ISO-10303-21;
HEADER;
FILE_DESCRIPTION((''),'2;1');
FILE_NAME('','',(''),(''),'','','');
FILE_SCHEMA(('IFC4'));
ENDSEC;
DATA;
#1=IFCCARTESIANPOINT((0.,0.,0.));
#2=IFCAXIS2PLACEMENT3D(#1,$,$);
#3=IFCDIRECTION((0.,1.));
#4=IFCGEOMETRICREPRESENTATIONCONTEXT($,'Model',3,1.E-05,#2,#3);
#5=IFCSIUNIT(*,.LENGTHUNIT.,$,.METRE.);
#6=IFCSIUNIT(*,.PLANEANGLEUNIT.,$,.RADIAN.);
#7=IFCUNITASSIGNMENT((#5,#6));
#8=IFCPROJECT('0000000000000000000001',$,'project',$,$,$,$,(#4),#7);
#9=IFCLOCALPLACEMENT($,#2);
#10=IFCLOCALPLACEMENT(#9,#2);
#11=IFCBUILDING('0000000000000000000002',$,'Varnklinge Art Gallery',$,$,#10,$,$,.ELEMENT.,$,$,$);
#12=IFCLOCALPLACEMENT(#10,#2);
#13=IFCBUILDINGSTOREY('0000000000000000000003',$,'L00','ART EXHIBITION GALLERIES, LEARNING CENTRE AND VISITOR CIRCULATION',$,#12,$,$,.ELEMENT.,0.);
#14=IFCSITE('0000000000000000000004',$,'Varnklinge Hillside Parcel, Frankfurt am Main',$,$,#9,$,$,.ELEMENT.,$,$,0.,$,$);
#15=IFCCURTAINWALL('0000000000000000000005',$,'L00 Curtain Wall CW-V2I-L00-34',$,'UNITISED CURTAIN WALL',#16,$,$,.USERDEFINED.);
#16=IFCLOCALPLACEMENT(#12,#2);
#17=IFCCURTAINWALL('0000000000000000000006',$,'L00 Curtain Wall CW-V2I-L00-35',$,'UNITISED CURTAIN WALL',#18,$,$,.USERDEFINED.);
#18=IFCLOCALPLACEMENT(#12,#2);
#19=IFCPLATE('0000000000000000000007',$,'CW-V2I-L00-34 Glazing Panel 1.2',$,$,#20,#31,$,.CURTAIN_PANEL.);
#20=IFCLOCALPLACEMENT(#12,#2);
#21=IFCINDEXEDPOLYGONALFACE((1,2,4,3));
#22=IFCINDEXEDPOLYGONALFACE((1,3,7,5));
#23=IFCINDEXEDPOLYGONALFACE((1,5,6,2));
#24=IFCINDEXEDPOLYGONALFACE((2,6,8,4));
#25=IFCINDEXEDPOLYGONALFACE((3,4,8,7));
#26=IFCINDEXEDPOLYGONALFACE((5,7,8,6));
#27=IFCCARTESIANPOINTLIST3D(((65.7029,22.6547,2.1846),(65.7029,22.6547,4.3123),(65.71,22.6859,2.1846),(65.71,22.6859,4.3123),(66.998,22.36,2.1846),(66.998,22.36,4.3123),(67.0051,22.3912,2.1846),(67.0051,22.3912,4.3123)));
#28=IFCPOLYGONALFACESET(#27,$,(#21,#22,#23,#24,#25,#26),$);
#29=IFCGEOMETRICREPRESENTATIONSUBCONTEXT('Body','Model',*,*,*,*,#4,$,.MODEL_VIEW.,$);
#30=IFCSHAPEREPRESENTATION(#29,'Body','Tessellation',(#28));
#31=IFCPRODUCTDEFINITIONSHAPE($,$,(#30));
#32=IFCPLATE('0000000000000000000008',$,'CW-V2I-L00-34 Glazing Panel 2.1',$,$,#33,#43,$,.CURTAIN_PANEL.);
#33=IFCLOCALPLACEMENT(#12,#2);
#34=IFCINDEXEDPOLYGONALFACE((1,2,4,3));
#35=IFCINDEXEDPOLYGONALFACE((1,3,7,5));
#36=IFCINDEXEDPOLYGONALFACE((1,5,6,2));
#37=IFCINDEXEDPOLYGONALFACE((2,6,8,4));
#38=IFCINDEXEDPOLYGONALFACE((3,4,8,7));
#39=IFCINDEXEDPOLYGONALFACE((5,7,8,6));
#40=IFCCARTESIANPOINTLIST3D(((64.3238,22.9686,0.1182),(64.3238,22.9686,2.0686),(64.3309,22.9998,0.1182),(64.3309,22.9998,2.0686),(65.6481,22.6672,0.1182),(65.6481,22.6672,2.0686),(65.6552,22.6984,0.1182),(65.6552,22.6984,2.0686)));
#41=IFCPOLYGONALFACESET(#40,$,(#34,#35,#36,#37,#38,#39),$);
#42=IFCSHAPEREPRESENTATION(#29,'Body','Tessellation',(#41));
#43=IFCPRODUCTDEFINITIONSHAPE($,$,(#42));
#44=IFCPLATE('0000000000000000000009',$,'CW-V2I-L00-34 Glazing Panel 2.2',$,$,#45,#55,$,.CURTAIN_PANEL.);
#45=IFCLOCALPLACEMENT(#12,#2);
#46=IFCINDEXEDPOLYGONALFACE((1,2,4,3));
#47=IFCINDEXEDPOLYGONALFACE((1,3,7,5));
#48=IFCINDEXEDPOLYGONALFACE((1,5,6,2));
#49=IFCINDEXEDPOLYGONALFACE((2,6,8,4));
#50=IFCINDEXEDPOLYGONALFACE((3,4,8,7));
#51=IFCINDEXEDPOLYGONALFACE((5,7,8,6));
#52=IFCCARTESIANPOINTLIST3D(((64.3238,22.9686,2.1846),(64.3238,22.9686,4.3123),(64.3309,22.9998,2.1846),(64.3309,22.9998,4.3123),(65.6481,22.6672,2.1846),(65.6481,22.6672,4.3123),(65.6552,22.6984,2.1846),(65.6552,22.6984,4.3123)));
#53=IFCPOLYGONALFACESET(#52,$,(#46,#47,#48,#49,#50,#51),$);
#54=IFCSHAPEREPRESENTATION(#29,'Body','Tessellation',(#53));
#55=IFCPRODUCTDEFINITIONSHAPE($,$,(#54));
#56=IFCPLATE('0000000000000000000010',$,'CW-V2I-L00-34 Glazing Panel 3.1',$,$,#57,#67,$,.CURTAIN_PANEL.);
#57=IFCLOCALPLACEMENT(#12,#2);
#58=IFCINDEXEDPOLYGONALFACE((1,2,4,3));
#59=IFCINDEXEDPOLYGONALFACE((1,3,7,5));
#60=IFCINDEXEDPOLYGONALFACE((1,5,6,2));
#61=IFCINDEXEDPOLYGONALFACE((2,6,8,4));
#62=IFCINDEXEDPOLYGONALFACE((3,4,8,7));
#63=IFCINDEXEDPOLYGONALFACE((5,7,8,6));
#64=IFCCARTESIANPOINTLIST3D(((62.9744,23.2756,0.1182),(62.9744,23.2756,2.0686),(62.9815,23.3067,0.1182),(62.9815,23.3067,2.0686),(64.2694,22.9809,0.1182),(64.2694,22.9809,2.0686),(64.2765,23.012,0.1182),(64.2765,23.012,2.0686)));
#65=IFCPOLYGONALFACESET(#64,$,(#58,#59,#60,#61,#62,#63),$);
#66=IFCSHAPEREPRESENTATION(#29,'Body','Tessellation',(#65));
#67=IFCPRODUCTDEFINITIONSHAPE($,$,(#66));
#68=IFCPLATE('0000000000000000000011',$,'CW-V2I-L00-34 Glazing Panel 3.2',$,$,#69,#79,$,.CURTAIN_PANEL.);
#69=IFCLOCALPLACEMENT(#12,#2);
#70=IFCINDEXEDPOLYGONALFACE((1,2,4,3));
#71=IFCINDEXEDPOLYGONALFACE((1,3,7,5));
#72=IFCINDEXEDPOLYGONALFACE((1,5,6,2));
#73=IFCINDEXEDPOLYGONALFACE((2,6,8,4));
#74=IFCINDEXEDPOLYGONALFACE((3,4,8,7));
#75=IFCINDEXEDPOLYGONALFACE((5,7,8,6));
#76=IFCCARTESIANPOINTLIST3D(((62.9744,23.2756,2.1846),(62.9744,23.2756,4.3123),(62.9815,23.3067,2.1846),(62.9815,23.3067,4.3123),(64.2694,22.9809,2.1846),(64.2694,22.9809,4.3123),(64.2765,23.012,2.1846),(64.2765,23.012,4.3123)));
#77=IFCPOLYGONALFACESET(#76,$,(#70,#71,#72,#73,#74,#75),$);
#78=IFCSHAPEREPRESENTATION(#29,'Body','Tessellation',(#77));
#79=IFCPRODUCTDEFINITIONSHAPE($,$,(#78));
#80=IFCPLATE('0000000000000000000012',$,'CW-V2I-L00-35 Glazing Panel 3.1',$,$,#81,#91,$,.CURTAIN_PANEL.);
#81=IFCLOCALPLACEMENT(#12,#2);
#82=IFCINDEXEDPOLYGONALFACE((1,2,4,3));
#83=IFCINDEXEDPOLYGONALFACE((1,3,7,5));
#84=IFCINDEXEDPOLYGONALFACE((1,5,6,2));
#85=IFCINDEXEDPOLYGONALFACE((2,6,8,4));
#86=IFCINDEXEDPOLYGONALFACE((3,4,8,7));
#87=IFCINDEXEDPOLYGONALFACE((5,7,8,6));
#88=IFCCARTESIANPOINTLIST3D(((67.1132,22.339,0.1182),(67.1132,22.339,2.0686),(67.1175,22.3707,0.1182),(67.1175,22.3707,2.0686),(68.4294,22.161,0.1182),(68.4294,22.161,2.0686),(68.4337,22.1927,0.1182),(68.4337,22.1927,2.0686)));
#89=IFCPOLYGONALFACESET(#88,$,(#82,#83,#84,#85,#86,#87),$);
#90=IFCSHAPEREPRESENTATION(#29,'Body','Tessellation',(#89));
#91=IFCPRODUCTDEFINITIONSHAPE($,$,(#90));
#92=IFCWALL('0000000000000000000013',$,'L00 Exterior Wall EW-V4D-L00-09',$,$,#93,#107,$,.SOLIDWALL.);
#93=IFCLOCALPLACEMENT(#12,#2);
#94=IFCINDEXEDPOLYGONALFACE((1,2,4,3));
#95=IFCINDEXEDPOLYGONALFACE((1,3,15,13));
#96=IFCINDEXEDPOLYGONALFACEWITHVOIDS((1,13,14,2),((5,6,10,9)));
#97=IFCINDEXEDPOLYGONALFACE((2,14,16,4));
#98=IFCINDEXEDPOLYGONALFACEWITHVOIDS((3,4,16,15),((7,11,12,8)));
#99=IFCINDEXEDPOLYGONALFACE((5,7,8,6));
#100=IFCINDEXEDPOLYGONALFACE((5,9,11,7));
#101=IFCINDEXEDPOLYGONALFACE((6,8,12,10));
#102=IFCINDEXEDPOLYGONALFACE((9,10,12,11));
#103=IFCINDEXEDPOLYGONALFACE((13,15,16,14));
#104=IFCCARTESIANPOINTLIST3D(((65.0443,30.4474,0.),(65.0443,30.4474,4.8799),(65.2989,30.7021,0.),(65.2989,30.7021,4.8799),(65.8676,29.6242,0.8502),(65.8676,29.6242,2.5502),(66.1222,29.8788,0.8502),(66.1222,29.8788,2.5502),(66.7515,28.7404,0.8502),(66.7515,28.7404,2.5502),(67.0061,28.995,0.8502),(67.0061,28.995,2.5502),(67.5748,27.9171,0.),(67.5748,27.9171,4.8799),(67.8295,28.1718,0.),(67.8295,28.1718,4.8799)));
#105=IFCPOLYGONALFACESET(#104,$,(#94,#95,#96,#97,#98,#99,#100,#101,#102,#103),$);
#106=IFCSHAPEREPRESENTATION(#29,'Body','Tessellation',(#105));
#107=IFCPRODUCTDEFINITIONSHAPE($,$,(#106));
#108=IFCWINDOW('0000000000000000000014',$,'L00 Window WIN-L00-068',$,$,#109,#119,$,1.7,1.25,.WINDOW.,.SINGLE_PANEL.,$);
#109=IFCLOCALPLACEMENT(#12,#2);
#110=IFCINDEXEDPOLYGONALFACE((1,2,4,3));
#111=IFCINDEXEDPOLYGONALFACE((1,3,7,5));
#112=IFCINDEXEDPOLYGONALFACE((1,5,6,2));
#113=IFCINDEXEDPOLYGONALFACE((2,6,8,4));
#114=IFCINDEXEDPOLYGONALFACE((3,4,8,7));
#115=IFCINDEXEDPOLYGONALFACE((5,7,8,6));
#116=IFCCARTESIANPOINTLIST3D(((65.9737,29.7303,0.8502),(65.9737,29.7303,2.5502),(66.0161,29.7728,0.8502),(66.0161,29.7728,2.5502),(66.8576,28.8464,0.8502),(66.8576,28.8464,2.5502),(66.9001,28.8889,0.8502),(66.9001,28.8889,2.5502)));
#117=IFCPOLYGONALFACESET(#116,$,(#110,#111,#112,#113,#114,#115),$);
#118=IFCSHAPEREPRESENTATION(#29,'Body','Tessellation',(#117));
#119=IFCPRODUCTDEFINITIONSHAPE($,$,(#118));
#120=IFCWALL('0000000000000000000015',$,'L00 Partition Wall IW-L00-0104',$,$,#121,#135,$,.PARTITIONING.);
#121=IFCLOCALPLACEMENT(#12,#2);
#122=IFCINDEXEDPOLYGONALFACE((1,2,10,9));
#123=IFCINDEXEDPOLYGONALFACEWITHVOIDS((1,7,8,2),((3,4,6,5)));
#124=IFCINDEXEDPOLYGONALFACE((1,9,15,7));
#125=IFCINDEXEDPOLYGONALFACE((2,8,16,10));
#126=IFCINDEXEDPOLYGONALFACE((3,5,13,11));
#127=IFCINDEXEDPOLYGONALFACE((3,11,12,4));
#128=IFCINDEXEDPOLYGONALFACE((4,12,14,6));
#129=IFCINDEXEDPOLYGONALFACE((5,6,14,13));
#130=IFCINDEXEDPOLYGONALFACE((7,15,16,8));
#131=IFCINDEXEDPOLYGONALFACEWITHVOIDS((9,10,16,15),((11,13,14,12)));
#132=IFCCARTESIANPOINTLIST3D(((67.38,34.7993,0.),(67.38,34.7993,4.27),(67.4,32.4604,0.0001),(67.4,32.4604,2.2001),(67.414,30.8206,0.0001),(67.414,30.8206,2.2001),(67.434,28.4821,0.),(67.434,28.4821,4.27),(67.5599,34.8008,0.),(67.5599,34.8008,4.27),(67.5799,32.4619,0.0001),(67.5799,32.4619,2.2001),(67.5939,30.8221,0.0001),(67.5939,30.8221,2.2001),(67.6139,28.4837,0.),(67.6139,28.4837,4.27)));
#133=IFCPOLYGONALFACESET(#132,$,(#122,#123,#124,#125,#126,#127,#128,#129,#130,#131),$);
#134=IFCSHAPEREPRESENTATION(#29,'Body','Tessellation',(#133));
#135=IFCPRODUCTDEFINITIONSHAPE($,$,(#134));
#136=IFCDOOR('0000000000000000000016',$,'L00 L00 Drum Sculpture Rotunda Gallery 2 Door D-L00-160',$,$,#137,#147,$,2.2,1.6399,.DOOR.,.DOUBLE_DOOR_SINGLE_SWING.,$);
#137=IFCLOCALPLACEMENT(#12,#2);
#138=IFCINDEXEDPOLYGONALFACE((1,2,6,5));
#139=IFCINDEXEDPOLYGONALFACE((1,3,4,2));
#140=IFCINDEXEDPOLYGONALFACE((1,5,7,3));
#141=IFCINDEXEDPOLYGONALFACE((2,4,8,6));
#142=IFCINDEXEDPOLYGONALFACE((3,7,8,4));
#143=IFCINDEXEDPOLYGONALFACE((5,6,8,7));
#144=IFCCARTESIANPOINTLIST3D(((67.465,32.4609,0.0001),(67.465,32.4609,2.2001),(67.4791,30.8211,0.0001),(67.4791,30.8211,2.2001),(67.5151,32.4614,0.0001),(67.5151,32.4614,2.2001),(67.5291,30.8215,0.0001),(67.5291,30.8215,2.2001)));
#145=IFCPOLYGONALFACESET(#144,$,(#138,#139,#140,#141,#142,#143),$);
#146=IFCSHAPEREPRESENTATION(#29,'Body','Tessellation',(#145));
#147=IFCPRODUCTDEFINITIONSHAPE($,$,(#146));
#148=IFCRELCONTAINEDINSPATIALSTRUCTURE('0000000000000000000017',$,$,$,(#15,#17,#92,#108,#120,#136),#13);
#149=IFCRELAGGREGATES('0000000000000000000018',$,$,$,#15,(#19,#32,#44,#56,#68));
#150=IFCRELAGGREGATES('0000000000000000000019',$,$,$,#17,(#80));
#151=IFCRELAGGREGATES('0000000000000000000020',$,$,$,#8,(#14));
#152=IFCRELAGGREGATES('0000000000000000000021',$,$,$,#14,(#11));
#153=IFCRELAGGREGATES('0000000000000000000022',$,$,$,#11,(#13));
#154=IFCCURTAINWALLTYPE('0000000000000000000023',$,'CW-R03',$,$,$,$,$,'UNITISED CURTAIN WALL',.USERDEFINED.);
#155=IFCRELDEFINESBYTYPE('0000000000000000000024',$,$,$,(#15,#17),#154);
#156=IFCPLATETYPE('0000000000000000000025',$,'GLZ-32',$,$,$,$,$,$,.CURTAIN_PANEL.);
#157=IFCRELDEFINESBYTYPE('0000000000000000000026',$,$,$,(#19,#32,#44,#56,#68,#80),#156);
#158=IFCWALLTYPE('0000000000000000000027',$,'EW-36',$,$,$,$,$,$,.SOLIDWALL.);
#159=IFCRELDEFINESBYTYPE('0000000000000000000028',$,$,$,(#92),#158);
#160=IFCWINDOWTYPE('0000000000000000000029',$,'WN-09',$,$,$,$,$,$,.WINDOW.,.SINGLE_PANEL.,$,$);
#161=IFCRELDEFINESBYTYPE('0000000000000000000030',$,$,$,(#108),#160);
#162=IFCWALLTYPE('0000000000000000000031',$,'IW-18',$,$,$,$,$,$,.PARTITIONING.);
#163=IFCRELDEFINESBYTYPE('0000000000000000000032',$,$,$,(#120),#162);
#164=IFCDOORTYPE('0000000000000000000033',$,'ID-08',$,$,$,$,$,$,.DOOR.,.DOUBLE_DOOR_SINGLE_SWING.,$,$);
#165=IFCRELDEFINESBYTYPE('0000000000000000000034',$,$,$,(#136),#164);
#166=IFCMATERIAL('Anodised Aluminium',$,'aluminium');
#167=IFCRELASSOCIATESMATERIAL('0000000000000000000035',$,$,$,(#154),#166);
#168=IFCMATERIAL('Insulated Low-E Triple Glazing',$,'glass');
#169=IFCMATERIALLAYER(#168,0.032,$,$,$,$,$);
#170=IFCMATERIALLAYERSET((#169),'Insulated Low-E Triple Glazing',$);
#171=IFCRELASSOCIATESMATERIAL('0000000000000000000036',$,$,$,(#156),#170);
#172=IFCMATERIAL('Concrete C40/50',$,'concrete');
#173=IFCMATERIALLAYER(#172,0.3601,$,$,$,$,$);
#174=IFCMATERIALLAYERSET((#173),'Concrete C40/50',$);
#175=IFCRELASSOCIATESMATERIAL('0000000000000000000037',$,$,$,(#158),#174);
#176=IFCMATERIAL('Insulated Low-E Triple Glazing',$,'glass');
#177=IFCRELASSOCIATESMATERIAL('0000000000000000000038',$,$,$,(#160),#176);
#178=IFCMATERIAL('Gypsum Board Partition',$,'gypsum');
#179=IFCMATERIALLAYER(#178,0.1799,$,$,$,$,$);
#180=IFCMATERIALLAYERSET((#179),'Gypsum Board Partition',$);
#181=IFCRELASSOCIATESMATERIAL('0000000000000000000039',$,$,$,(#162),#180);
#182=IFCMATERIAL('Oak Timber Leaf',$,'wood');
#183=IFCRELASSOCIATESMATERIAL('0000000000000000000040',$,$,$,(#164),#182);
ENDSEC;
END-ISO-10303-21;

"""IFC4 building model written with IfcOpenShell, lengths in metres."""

from ifc_helpers import new_model, si_unit, direction, frame, frame_2d, origin, origin_2d, place, context, subcontext, project, spatial, rectangle, extrude, material, layer, layer_set, type_object, element, fill, aggregate, save


model = new_model("IFC4")

# Units and contexts
model_context = context("Model", 3, precision=1e-05, world=origin(), true_north=direction((0.0, 1.0)))
body_context = subcontext(model_context, "Body", "Model", "MODEL_VIEW")
ifc_project = project(units=[si_unit("LENGTHUNIT", "METRE"), si_unit("PLANEANGLEUNIT", "RADIAN")], contexts=[model_context])

# Site, building, storey
site_placement = place(None, origin())
site = spatial("IfcSite", under=ifc_project, at=site_placement, Name="Varnklinge Hillside Parcel, Frankfurt am Main", CompositionType="ELEMENT", RefElevation=0.0)
building_placement = place(site_placement, origin())
building = spatial("IfcBuilding", under=site, at=building_placement, Name="Varnklinge Art Gallery", CompositionType="ELEMENT")
storey_placement = place(building_placement, origin())
storey = spatial("IfcBuildingStorey", under=building, at=storey_placement, Name="L00", Description="ART EXHIBITION GALLERIES, LEARNING CENTRE AND VISITOR CIRCULATION", CompositionType="ELEMENT", Elevation=0.0)

# Curtain wall
ifc_material_1 = material(Name="Anodised Aluminium", Category="aluminium")
curtain_wall_type = type_object("IfcCurtainWallType", Name="CW-R03", ElementType="UNITISED CURTAIN WALL", PredefinedType="USERDEFINED", material=ifc_material_1)
curtain_wall_1_placement = place(storey_placement, origin())
curtain_wall_1 = element("IfcCurtainWall", 1, at=curtain_wall_1_placement, inside=storey, type_object=curtain_wall_type, Name="L00 Curtain Wall CW-V2I-L00-34", ObjectType="UNITISED CURTAIN WALL", PredefinedType="USERDEFINED")

# Curtain wall
curtain_wall_2_placement = place(storey_placement, origin())
curtain_wall_2 = element("IfcCurtainWall", 2, at=curtain_wall_2_placement, inside=storey, type_object=curtain_wall_type, Name="L00 Curtain Wall CW-V2I-L00-35", ObjectType="UNITISED CURTAIN WALL", PredefinedType="USERDEFINED")

# Plates
ifc_material_2 = material(Name="Insulated Low-E Triple Glazing", Category="glass")
ifc_layer_1 = layer(ifc_material_2, 0.032)
ifc_layer_set_1 = layer_set([ifc_layer_1], Name="Insulated Low-E Triple Glazing")
plate_type = type_object("IfcPlateType", Name="GLZ-32", PredefinedType="CURTAIN_PANEL", material=ifc_layer_set_1)
plate_1_placement = place(storey_placement, frame((66.354, 22.5229, 2.1846), z_axis=(0.0, 0.0, 1.0), x_axis=(-0.975072, 0.221889, 0.0)))
plate_1 = element("IfcPlate", 3, at=plate_1_placement, type_object=plate_type, Name="CW-V2I-L00-34 Glazing Panel 1.2", PredefinedType="CURTAIN_PANEL", context=body_context, shape_type="SweptSolid", body=[
    extrude(rectangle(XDim=1.3281, YDim=0.032, at=origin_2d()), origin(), (0.0, 0.0, 1.0), 2.1277),
])
plate_2_placement = place(storey_placement, frame((64.9895, 22.8335, 0.1182), z_axis=(0.0, 0.0, 1.0), x_axis=(-0.975072, 0.221889, 0.0)))
plate_2 = element("IfcPlate", 4, at=plate_2_placement, type_object=plate_type, Name="CW-V2I-L00-34 Glazing Panel 2.1", PredefinedType="CURTAIN_PANEL", context=body_context, shape_type="SweptSolid", body=[
    extrude(rectangle(XDim=1.3582, YDim=0.032, at=origin_2d()), origin(), (0.0, 0.0, 1.0), 1.9504),
])
plate_3_placement = place(storey_placement, frame((64.9895, 22.8335, 2.1846), z_axis=(0.0, 0.0, 1.0), x_axis=(-0.975072, 0.221889, 0.0)))
plate_3 = element("IfcPlate", 5, at=plate_3_placement, type_object=plate_type, Name="CW-V2I-L00-34 Glazing Panel 2.2", PredefinedType="CURTAIN_PANEL", context=body_context, shape_type="SweptSolid", body=[
    extrude(rectangle(XDim=1.3582, YDim=0.032, at=origin_2d()), origin(), (0.0, 0.0, 1.0), 2.1277),
])
plate_4_placement = place(storey_placement, frame((63.6255, 23.1438, 0.1182), z_axis=(0.0, 0.0, 1.0), x_axis=(-0.975072, 0.221889, 0.0)))
plate_4 = element("IfcPlate", 6, at=plate_4_placement, type_object=plate_type, Name="CW-V2I-L00-34 Glazing Panel 3.1", PredefinedType="CURTAIN_PANEL", context=body_context, shape_type="SweptSolid", body=[
    extrude(rectangle(XDim=1.3281, YDim=0.032, at=origin_2d()), origin(), (0.0, 0.0, 1.0), 1.9504),
])
plate_5_placement = place(storey_placement, frame((63.6255, 23.1438, 2.1846), z_axis=(0.0, 0.0, 1.0), x_axis=(-0.975072, 0.221889, 0.0)))
plate_5 = element("IfcPlate", 7, at=plate_5_placement, type_object=plate_type, Name="CW-V2I-L00-34 Glazing Panel 3.2", PredefinedType="CURTAIN_PANEL", context=body_context, shape_type="SweptSolid", body=[
    extrude(rectangle(XDim=1.3281, YDim=0.032, at=origin_2d()), origin(), (0.0, 0.0, 1.0), 2.1277),
])
aggregate(curtain_wall_1, [plate_1, plate_2, plate_3, plate_4, plate_5])
plate_6_placement = place(storey_placement, frame((67.7734, 22.2659, 0.1182), z_axis=(0.0, 0.0, 1.0), x_axis=(-0.990983, 0.133986, 0.0)))
plate_6 = element("IfcPlate", 8, at=plate_6_placement, type_object=plate_type, Name="CW-V2I-L00-35 Glazing Panel 3.1", PredefinedType="CURTAIN_PANEL", context=body_context, shape_type="SweptSolid", body=[
    extrude(rectangle(XDim=1.3281, YDim=0.032, at=origin_2d()), origin(), (0.0, 0.0, 1.0), 1.9504),
])
aggregate(curtain_wall_2, [plate_6])

# Wall, opening, window
ifc_material_3 = material(Name="Concrete C40/50", Category="concrete")
ifc_layer_2 = layer(ifc_material_3, 0.3601)
ifc_layer_set_2 = layer_set([ifc_layer_2], Name="Concrete C40/50")
wall_type_1 = type_object("IfcWallType", Name="EW-36", PredefinedType="SOLIDWALL", material=ifc_layer_set_2)
wall_1_placement = place(storey_placement, frame((67.7021, 28.0444, 0.0), z_axis=(0.0, 0.0, 1.0), x_axis=(-0.707141, 0.707073, 0.0)))
wall_1 = element("IfcWall", 9, at=wall_1_placement, inside=storey, type_object=wall_type_1, Name="L00 Exterior Wall EW-V4D-L00-09", PredefinedType="SOLIDWALL", context=body_context, shape_type="SweptSolid", body=[
    extrude(rectangle(XDim=3.5786, YDim=0.3601, at=frame_2d((1.7893, 0.0))), origin(), (0.0, 0.0, 1.0), 4.8799),
])
opening_1_placement = place(wall_1_placement, frame((1.1643, 0.0, 0.8501)))
opening_1 = element("IfcOpeningElement", 10, at=opening_1_placement, cuts=wall_1, PredefinedType="OPENING", context=body_context, shape_type="SweptSolid", body=[
    extrude(rectangle(XDim=1.25, YDim=1.7, at=frame_2d((0.625, 0.8501))), frame((0.0, 0.1902, 0.0), z_axis=(0.0, -1.0, 0.0), x_axis=(1.0, 0.0, 0.0)), (0.0, 0.0, 1.0), 0.3801),
])
ifc_material_4 = material(Name="Insulated Low-E Triple Glazing", Category="glass")
window_type = type_object("IfcWindowType", Name="WN-09", PartitioningType="SINGLE_PANEL", PredefinedType="WINDOW", material=ifc_material_4)
window_placement = place(opening_1_placement, origin())
window = element("IfcWindow", 11, at=window_placement, inside=storey, type_object=window_type, Name="L00 Window WIN-L00-068", OverallHeight=1.7, OverallWidth=1.25, PartitioningType="SINGLE_PANEL", PredefinedType="WINDOW", context=body_context, shape_type="SweptSolid", body=[
    extrude(rectangle(XDim=1.25, YDim=1.7, at=frame_2d((0.625, 0.8501))), frame((0.0, 0.03, 0.0), z_axis=(0.0, -1.0, 0.0), x_axis=(1.0, 0.0, 0.0)), (0.0, 0.0, 1.0), 0.0601),
])
fill(opening_1, window)

# Wall, opening, door
ifc_material_5 = material(Name="Gypsum Board Partition", Category="gypsum")
ifc_layer_3 = layer(ifc_material_5, 0.1799)
ifc_layer_set_3 = layer_set([ifc_layer_3], Name="Gypsum Board Partition")
wall_type_2 = type_object("IfcWallType", Name="IW-18", PredefinedType="PARTITIONING", material=ifc_layer_set_3)
wall_2_placement = place(storey_placement, frame((67.5239, 28.4829, 0.0), z_axis=(0.0, 0.0, 1.0), x_axis=(-0.008541, 0.999964, 0.0)))
wall_2 = element("IfcWall", 12, at=wall_2_placement, inside=storey, type_object=wall_type_2, Name="L00 Partition Wall IW-L00-0104", PredefinedType="PARTITIONING", context=body_context, shape_type="SweptSolid", body=[
    extrude(rectangle(XDim=6.3174, YDim=0.1799, at=frame_2d((3.1587, 0.0))), origin(), (0.0, 0.0, 1.0), 4.27),
])
opening_2_placement = place(wall_2_placement, frame((2.3386, 0.0, 0.0)))
opening_2 = element("IfcOpeningElement", 13, at=opening_2_placement, cuts=wall_2, PredefinedType="OPENING", context=body_context, shape_type="SweptSolid", body=[
    extrude(rectangle(XDim=1.6399, YDim=2.2, at=frame_2d((0.8198, 1.1001))), frame((0.0, 0.0999, 0.0), z_axis=(0.0, -1.0, 0.0), x_axis=(1.0, 0.0, 0.0)), (0.0, 0.0, 1.0), 0.2),
])
ifc_material_6 = material(Name="Oak Timber Leaf", Category="wood")
door_type = type_object("IfcDoorType", Name="ID-08", OperationType="DOUBLE_DOOR_SINGLE_SWING", PredefinedType="DOOR", material=ifc_material_6)
door_placement = place(opening_2_placement, origin())
door = element("IfcDoor", 14, at=door_placement, inside=storey, type_object=door_type, Name="L00 L00 Drum Sculpture Rotunda Gallery 2 Door D-L00-160", OperationType="DOUBLE_DOOR_SINGLE_SWING", OverallHeight=2.2, OverallWidth=1.6399, PredefinedType="DOOR", context=body_context, shape_type="SweptSolid", body=[
    extrude(rectangle(XDim=1.6399, YDim=2.2, at=frame_2d((0.8198, 1.1001))), frame((0.0, 0.0249, 0.0), z_axis=(0.0, -1.0, 0.0), x_axis=(1.0, 0.0, 0.0)), (0.0, 0.0, 1.0), 0.05),
])
fill(opening_2, door)

save(model, "model.ifc")
